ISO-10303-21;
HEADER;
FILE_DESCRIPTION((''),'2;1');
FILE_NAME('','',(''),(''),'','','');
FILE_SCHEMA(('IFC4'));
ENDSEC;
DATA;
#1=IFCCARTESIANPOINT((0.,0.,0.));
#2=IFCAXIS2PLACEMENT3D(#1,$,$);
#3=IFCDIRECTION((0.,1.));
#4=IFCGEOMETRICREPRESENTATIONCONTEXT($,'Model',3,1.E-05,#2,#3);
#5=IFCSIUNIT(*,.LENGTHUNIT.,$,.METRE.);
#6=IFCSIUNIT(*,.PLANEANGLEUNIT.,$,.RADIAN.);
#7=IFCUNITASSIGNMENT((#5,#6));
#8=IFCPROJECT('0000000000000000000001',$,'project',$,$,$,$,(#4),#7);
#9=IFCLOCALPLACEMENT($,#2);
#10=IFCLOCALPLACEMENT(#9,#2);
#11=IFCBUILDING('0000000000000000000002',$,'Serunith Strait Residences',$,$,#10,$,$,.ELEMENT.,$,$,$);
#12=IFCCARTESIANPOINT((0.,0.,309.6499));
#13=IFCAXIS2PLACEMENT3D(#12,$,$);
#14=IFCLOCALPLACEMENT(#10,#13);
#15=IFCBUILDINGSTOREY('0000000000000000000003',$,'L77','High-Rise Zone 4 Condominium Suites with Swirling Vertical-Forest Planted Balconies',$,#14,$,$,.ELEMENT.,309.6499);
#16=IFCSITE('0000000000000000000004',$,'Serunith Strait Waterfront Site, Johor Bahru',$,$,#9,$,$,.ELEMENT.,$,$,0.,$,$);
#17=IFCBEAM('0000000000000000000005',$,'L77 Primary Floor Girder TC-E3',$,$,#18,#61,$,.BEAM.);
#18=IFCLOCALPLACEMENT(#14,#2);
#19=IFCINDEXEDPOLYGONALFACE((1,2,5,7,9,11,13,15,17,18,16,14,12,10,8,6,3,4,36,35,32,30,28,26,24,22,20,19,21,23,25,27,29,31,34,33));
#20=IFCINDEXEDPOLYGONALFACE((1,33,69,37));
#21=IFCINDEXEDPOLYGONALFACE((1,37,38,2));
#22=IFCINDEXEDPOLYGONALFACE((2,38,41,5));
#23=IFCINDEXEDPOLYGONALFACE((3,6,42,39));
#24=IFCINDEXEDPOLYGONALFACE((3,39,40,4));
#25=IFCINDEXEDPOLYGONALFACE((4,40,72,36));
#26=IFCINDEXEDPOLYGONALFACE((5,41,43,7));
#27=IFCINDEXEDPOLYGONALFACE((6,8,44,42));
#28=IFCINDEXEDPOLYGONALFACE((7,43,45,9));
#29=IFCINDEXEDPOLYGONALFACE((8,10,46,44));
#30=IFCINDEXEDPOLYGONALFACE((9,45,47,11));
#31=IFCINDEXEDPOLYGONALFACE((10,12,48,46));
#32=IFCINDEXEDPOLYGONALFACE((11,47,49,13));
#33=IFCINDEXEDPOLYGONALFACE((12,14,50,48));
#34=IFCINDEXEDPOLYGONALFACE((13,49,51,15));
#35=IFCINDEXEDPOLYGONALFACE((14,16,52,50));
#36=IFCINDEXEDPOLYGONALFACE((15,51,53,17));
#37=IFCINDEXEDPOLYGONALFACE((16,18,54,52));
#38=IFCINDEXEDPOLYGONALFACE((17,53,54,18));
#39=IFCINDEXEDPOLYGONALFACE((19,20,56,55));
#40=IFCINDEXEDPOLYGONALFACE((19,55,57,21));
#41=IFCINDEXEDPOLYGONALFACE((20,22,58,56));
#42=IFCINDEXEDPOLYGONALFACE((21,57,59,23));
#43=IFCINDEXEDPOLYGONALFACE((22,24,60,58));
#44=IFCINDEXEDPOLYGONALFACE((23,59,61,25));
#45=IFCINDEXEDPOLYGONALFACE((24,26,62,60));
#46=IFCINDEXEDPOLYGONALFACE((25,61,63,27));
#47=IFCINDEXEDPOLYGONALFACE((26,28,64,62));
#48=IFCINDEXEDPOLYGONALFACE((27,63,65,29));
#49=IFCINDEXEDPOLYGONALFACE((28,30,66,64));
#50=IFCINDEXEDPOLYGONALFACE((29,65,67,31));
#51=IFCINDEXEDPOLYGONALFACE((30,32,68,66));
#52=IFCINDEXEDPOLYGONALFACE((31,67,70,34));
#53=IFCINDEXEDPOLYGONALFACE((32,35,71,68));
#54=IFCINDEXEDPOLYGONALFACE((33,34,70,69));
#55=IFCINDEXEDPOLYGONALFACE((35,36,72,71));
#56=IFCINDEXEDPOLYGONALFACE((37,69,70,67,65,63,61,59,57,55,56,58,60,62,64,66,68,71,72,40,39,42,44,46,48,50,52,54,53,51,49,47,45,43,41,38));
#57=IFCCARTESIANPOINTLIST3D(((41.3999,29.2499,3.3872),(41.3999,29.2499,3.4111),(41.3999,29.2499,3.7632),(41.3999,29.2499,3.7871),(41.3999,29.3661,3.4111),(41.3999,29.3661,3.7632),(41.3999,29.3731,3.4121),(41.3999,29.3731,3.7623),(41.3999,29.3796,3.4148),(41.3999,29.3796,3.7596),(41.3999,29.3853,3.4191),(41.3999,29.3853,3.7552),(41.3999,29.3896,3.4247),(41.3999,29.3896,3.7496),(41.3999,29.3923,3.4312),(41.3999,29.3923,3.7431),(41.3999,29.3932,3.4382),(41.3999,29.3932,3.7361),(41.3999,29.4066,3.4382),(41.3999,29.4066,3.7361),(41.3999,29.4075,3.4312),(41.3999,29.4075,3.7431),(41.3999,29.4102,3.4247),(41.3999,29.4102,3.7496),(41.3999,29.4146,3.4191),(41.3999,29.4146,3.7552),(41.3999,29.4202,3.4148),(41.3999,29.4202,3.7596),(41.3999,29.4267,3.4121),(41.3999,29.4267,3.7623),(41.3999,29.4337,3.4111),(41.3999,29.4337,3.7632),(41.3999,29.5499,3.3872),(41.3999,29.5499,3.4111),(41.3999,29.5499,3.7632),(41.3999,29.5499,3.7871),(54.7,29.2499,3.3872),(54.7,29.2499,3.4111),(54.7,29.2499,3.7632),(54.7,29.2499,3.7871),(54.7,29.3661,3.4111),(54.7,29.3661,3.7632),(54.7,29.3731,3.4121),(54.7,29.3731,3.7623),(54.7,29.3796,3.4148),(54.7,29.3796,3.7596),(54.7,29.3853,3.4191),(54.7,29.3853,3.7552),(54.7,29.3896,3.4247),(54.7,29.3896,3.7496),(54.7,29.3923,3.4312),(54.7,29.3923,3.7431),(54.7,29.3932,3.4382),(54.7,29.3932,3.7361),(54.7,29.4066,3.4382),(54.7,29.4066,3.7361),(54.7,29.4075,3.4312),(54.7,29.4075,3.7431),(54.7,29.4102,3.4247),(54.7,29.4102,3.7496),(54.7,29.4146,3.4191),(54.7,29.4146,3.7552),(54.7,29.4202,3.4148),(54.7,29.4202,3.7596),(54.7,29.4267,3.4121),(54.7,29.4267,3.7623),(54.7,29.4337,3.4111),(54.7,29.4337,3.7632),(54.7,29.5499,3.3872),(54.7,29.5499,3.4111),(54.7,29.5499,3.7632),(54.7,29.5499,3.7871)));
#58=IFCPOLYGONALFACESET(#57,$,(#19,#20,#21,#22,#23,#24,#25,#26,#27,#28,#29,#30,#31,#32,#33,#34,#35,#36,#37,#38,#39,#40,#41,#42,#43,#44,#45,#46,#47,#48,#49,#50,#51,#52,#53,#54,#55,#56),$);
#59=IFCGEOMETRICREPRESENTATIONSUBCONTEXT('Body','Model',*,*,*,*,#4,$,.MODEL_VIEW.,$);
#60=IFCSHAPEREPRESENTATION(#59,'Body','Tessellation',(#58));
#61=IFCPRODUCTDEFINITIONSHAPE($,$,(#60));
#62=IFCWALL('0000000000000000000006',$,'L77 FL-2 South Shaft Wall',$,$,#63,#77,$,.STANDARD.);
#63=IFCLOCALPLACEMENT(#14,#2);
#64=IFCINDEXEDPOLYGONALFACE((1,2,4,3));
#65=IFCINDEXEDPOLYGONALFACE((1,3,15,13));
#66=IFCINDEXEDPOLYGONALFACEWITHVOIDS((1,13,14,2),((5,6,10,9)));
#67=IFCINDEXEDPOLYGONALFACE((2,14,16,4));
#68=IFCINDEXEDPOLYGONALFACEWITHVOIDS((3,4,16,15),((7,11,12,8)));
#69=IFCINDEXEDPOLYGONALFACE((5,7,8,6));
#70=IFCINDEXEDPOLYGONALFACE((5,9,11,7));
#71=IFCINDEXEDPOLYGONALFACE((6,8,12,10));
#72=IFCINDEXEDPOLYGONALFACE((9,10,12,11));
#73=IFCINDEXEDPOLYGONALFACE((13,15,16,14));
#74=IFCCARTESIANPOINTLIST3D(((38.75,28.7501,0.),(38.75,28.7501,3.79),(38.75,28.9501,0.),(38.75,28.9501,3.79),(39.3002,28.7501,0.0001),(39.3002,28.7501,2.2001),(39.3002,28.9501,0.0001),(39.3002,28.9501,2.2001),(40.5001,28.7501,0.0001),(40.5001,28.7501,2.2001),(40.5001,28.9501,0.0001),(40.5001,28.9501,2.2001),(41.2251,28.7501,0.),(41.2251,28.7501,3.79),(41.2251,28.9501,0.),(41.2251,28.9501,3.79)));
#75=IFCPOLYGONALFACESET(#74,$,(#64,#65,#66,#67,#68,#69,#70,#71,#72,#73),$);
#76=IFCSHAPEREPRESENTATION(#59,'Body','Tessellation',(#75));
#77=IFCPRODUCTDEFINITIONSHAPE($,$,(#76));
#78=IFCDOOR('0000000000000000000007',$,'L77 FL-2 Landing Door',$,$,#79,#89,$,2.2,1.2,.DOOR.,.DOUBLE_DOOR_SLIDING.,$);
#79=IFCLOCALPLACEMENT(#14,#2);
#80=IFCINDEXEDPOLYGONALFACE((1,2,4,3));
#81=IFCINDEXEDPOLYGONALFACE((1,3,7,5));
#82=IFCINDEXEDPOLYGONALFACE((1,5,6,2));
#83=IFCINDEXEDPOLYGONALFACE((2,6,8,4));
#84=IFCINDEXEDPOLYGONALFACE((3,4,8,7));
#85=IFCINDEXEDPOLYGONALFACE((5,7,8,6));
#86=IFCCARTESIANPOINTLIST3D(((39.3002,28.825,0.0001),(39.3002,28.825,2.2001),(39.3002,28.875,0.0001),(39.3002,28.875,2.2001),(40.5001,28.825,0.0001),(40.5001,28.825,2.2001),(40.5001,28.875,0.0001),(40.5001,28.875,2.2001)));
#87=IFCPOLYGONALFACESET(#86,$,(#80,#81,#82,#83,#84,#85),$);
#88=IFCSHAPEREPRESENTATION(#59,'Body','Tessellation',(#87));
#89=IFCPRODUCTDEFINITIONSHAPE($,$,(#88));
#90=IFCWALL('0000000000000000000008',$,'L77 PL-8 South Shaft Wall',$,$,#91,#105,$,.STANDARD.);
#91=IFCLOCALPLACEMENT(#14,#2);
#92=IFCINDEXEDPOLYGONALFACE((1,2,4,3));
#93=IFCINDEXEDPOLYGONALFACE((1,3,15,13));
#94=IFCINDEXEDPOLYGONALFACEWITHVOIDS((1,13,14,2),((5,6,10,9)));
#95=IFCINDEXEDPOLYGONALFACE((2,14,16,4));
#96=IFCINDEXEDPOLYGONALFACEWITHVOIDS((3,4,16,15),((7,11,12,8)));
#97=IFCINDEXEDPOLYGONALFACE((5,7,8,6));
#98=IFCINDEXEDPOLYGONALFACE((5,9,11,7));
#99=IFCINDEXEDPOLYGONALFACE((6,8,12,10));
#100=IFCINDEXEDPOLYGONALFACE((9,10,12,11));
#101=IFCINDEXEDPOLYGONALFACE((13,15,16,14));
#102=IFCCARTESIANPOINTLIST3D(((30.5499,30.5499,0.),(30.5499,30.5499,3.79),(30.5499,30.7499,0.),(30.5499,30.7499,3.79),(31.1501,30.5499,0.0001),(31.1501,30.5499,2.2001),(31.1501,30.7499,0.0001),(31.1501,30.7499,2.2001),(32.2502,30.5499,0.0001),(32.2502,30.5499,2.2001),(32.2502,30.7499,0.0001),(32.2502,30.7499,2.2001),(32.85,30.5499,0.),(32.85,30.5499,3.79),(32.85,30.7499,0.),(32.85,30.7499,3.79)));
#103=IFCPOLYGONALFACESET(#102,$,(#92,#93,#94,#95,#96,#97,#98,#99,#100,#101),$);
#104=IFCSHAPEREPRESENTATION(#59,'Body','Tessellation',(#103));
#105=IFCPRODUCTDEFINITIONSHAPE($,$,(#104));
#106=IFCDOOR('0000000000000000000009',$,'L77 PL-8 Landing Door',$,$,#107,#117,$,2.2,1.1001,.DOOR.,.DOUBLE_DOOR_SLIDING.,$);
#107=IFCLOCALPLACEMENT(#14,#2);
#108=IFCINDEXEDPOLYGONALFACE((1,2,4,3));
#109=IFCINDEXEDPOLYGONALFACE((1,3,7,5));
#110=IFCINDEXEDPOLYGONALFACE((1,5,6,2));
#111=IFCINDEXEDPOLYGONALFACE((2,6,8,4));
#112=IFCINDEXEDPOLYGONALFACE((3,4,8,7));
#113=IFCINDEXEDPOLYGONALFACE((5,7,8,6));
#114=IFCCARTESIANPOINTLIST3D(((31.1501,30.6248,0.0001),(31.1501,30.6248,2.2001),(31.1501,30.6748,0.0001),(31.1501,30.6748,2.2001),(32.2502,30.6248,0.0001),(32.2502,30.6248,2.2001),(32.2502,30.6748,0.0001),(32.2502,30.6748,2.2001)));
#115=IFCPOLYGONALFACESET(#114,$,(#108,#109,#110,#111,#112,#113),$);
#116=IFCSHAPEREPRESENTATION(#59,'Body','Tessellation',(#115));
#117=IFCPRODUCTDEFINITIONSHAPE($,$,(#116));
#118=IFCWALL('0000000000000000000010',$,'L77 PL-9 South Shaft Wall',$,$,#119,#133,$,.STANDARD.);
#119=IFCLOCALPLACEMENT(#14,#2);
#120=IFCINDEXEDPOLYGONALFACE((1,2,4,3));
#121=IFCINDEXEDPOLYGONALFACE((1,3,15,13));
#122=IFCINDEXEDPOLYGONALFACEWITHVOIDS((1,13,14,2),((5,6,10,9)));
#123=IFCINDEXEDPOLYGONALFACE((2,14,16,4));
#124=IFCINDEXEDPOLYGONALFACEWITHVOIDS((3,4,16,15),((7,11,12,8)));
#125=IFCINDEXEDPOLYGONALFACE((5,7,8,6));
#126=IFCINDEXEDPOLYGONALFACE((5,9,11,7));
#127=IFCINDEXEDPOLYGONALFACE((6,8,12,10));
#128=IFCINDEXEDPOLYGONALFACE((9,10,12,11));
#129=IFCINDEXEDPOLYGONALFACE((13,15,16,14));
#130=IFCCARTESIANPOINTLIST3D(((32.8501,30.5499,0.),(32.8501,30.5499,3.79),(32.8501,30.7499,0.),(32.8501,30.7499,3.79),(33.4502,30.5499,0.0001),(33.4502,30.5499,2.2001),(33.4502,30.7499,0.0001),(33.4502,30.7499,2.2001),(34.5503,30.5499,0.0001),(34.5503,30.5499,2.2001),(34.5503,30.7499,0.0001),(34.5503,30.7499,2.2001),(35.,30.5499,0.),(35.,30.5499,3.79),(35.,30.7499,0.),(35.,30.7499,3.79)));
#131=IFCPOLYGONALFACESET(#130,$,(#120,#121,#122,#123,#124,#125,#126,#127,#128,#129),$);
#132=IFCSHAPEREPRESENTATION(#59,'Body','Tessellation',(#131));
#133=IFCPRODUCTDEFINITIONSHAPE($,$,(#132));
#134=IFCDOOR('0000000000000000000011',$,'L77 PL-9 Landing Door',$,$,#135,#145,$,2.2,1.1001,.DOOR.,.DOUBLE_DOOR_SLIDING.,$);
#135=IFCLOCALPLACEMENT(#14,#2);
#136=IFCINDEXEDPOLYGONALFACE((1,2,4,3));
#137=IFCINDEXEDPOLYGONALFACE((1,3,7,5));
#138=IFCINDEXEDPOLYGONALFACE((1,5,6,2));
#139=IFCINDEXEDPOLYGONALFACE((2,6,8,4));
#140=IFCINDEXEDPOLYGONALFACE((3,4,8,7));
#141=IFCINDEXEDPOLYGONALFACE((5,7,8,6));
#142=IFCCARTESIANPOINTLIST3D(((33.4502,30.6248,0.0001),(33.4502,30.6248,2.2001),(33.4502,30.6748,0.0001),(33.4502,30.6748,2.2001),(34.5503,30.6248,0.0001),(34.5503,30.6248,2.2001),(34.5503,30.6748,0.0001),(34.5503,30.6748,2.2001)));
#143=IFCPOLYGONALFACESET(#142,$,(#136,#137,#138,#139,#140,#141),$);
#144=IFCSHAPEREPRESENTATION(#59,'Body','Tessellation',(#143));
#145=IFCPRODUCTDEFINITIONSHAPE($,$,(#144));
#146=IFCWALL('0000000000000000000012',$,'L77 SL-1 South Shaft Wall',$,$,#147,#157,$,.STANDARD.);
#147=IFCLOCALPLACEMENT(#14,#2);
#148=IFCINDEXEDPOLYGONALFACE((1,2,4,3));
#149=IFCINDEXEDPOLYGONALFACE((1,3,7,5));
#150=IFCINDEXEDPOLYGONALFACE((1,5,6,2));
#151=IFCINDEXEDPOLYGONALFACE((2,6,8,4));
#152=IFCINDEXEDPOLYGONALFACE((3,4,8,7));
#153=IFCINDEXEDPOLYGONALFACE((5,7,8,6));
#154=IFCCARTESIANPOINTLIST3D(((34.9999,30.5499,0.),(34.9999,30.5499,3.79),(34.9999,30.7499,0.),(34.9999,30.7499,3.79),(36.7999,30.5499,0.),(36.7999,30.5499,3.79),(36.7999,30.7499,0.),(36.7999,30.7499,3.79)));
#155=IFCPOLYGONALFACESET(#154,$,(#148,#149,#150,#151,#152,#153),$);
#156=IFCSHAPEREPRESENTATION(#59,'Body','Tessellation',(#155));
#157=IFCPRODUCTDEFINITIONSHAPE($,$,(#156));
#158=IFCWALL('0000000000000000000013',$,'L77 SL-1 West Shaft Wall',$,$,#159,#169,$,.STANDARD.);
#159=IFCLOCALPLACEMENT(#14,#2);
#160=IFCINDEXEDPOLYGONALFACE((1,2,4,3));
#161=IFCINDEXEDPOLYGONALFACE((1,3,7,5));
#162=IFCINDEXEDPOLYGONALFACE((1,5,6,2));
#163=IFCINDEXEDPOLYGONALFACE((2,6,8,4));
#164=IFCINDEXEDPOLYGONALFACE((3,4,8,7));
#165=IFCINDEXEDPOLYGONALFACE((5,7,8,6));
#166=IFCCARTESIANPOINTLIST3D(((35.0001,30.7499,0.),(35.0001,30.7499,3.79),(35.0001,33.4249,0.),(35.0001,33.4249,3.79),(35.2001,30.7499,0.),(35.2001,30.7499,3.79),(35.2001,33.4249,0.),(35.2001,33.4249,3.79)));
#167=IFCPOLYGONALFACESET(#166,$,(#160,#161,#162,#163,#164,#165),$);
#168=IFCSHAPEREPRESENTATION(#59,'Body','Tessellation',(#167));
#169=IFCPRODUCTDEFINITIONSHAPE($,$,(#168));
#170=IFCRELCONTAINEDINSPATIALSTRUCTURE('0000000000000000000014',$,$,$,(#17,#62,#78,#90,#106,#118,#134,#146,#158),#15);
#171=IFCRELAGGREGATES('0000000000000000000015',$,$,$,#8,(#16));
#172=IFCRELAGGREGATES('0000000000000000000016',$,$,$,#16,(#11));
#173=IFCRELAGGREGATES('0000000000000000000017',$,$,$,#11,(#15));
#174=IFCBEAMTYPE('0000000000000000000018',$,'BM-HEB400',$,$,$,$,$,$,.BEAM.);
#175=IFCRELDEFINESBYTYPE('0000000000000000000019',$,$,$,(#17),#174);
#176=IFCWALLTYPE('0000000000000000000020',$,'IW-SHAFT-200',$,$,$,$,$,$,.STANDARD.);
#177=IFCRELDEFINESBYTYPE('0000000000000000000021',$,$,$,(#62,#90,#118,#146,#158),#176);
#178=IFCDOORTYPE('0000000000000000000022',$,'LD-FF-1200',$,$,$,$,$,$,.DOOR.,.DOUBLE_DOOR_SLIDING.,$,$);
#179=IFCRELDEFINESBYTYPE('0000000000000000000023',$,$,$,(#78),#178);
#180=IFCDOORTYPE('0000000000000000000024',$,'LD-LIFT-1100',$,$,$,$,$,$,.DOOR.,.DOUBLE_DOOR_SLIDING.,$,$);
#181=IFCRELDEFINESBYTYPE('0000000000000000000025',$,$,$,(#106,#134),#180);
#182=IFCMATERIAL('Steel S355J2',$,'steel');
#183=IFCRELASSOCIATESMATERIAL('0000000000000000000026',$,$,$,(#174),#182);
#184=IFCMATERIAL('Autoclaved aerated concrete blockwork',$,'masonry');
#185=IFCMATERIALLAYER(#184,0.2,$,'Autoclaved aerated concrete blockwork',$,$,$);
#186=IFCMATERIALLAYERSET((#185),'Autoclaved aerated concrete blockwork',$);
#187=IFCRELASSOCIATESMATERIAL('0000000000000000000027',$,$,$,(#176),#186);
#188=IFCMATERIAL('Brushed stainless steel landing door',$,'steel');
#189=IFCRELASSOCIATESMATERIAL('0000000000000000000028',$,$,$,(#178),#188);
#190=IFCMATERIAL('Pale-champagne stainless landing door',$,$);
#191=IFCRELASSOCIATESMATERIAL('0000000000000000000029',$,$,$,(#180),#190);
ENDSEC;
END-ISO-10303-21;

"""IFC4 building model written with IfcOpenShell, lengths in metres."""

from ifc_helpers import new_model, si_unit, direction, frame, frame_2d, origin, origin_2d, place, context, subcontext, project, spatial, rectangle, i_section, extrude, source, transform, mapped, material, layer, layer_set, material_profile, profile_set, type_object, element, fill, save


model = new_model("IFC4")

# Units and contexts
model_context = context("Model", 3, precision=1e-05, world=origin(), true_north=direction((0.0, 1.0)))
body_context = subcontext(model_context, "Body", "Model", "MODEL_VIEW")
ifc_project = project(units=[si_unit("LENGTHUNIT", "METRE"), si_unit("PLANEANGLEUNIT", "RADIAN")], contexts=[model_context])

# Site, building, storey
site_placement = place(None, origin())
site = spatial("IfcSite", under=ifc_project, at=site_placement, Name="Serunith Strait Waterfront Site, Johor Bahru", CompositionType="ELEMENT", RefElevation=0.0)
building_placement = place(site_placement, origin())
building = spatial("IfcBuilding", under=site, at=building_placement, Name="Serunith Strait Residences", CompositionType="ELEMENT")
storey_placement = place(building_placement, frame((0.0, 0.0, 309.6499)))
storey = spatial("IfcBuildingStorey", under=building, at=storey_placement, Name="L77", Description="High-Rise Zone 4 Condominium Suites with Swirling Vertical-Forest Planted Balconies", CompositionType="ELEMENT", Elevation=309.6499)

# Beam
ifc_material_1 = material(Name="Steel S355J2", Category="steel")
ifc_material_profile = material_profile(ifc_material_1, i_section(OverallWidth=0.3, OverallDepth=0.3999, WebThickness=0.0134, FlangeThickness=0.0239, FilletRadius=0.0271, at=origin_2d()), Name="HEB 400")
ifc_profile_set = profile_set([ifc_material_profile], Name="Steel S355J2")
beam_type = type_object("IfcBeamType", Name="BM-HEB400", PredefinedType="BEAM", material=ifc_profile_set)
shared_shape_1 = source(origin(), body_context, "Body", "SweptSolid", [
    extrude(i_section(OverallWidth=0.3, OverallDepth=0.3999, WebThickness=0.0134, FlangeThickness=0.0239, FilletRadius=0.0271, at=origin_2d()), origin(), (0.0, 0.0, 1.0), 13.3),
])
beam_placement = place(storey_placement, frame((41.3999, 29.3999, 3.5872), z_axis=(1.0, 0.0, 0.0), x_axis=(0.0, 1.0, 0.0)))
element("IfcBeam", 1, at=beam_placement, inside=storey, type_object=beam_type, Name="L77 Primary Floor Girder TC-E3", PredefinedType="BEAM", context=body_context, shape_type="MappedRepresentation", body=[
    mapped(shared_shape_1, transform((0.0, 0.0, 0.0), scale=1.0)),
])

# Walls, openings, doors
ifc_material_2 = material(Name="Autoclaved aerated concrete blockwork", Category="masonry")
ifc_layer_1 = layer(ifc_material_2, 0.2, Name="Autoclaved aerated concrete blockwork")
ifc_layer_set_1 = layer_set([ifc_layer_1], Name="Autoclaved aerated concrete blockwork")
wall_type_1 = type_object("IfcWallType", Name="IW-SHAFT-200", PredefinedType="STANDARD", material=ifc_layer_set_1)
wall_1_placement = place(storey_placement, frame((38.75, 28.8501, 0.0), z_axis=(0.0, 0.0, 1.0), x_axis=(1.0, 0.0, 0.0)))
wall_1 = element("IfcWall", 2, at=wall_1_placement, inside=storey, type_object=wall_type_1, Name="L77 FL-2 South Shaft Wall", PredefinedType="STANDARD", context=body_context, shape_type="SweptSolid", body=[
    extrude(rectangle(XDim=2.4751, YDim=0.2, at=frame_2d((1.2375, 0.0))), origin(), (0.0, 0.0, 1.0), 3.79),
])
opening_1_placement = place(wall_1_placement, frame((0.55, 0.0, 0.0)))
opening_1 = element("IfcOpeningElement", 3, at=opening_1_placement, cuts=wall_1, PredefinedType="OPENING", context=body_context, shape_type="SweptSolid", body=[
    extrude(rectangle(XDim=1.2, YDim=2.2, at=frame_2d((0.6001, 1.1001))), frame((0.0, 0.1099, 0.0), z_axis=(0.0, -1.0, 0.0), x_axis=(1.0, 0.0, 0.0)), (0.0, 0.0, 1.0), 0.22),
])
ifc_material_3 = material(Name="Brushed stainless steel landing door", Category="steel")
door_type_1 = type_object("IfcDoorType", Name="LD-FF-1200", OperationType="DOUBLE_DOOR_SLIDING", PredefinedType="DOOR", material=ifc_material_3)
shared_shape_2 = source(origin(), body_context, "Body", "SweptSolid", [
    extrude(rectangle(XDim=1.2, YDim=2.2, at=frame_2d((0.6001, 1.1001))), frame((0.0, 0.0249, 0.0), z_axis=(0.0, -1.0, 0.0), x_axis=(1.0, 0.0, 0.0)), (0.0, 0.0, 1.0), 0.05),
])
door_1_placement = place(opening_1_placement, origin())
door_1 = element("IfcDoor", 4, at=door_1_placement, inside=storey, type_object=door_type_1, Name="L77 FL-2 Landing Door", OperationType="DOUBLE_DOOR_SLIDING", OverallHeight=2.2, OverallWidth=1.2, PredefinedType="DOOR", context=body_context, shape_type="MappedRepresentation", body=[
    mapped(shared_shape_2, transform((0.0, 0.0, 0.0), scale=1.0)),
])
fill(opening_1, door_1)
wall_2_placement = place(storey_placement, frame((30.55, 30.6499, 0.0), z_axis=(0.0, 0.0, 1.0), x_axis=(1.0, 0.0, 0.0)))
wall_2 = element("IfcWall", 5, at=wall_2_placement, inside=storey, type_object=wall_type_1, Name="L77 PL-8 South Shaft Wall", PredefinedType="STANDARD", context=body_context, shape_type="SweptSolid", body=[
    extrude(rectangle(XDim=2.3, YDim=0.2, at=frame_2d((1.1499, 0.0))), origin(), (0.0, 0.0, 1.0), 3.79),
])
opening_2_placement = place(wall_2_placement, frame((0.6001, 0.0, 0.0)))
opening_2 = element("IfcOpeningElement", 6, at=opening_2_placement, cuts=wall_2, PredefinedType="OPENING", context=body_context, shape_type="SweptSolid", body=[
    extrude(rectangle(XDim=1.1001, YDim=2.2, at=frame_2d((0.55, 1.1001))), frame((0.0, 0.1099, 0.0), z_axis=(0.0, -1.0, 0.0), x_axis=(1.0, 0.0, 0.0)), (0.0, 0.0, 1.0), 0.22),
])
ifc_material_4 = material(Name="Pale-champagne stainless landing door")
door_type_2 = type_object("IfcDoorType", Name="LD-LIFT-1100", OperationType="DOUBLE_DOOR_SLIDING", PredefinedType="DOOR", material=ifc_material_4)
shared_shape_3 = source(origin(), body_context, "Body", "SweptSolid", [
    extrude(rectangle(XDim=1.1001, YDim=2.2, at=frame_2d((0.55, 1.1001))), frame((0.0, 0.0249, 0.0), z_axis=(0.0, -1.0, 0.0), x_axis=(1.0, 0.0, 0.0)), (0.0, 0.0, 1.0), 0.05),
])
door_2_placement = place(opening_2_placement, origin())
door_2 = element("IfcDoor", 7, at=door_2_placement, inside=storey, type_object=door_type_2, Name="L77 PL-8 Landing Door", OperationType="DOUBLE_DOOR_SLIDING", OverallHeight=2.2, OverallWidth=1.1001, PredefinedType="DOOR", context=body_context, shape_type="MappedRepresentation", body=[
    mapped(shared_shape_3, transform((0.0, 0.0, 0.0), scale=1.0)),
])
fill(opening_2, door_2)
wall_3_placement = place(storey_placement, frame((32.8501, 30.6499, 0.0), z_axis=(0.0, 0.0, 1.0), x_axis=(1.0, 0.0, 0.0)))
wall_3 = element("IfcWall", 8, at=wall_3_placement, inside=storey, type_object=wall_type_1, Name="L77 PL-9 South Shaft Wall", PredefinedType="STANDARD", context=body_context, shape_type="SweptSolid", body=[
    extrude(rectangle(XDim=2.1499, YDim=0.2, at=frame_2d((1.075, 0.0))), origin(), (0.0, 0.0, 1.0), 3.79),
])
opening_3_placement = place(wall_3_placement, frame((0.6001, 0.0, 0.0)))
opening_3 = element("IfcOpeningElement", 9, at=opening_3_placement, cuts=wall_3, PredefinedType="OPENING", context=body_context, shape_type="SweptSolid", body=[
    extrude(rectangle(XDim=1.1001, YDim=2.2, at=frame_2d((0.55, 1.1001))), frame((0.0, 0.1099, 0.0), z_axis=(0.0, -1.0, 0.0), x_axis=(1.0, 0.0, 0.0)), (0.0, 0.0, 1.0), 0.22),
])
door_3_placement = place(opening_3_placement, origin())
door_3 = element("IfcDoor", 10, at=door_3_placement, inside=storey, type_object=door_type_2, Name="L77 PL-9 Landing Door", OperationType="DOUBLE_DOOR_SLIDING", OverallHeight=2.2, OverallWidth=1.1001, PredefinedType="DOOR", context=body_context, shape_type="MappedRepresentation", body=[
    mapped(shared_shape_3, transform((0.0, 0.0, 0.0), scale=1.0)),
])
fill(opening_3, door_3)

# Walls
wall_4_placement = place(storey_placement, frame((35.0, 30.6499, 0.0), z_axis=(0.0, 0.0, 1.0), x_axis=(1.0, 0.0, 0.0)))
element("IfcWall", 11, at=wall_4_placement, inside=storey, type_object=wall_type_1, Name="L77 SL-1 South Shaft Wall", PredefinedType="STANDARD", context=body_context, shape_type="SweptSolid", body=[
    extrude(rectangle(XDim=1.8, YDim=0.2, at=frame_2d((0.8999, 0.0))), origin(), (0.0, 0.0, 1.0), 3.79),
])
wall_5_placement = place(storey_placement, frame((35.1001, 30.75, 0.0), z_axis=(0.0, 0.0, 1.0), x_axis=(0.0, 1.0, 0.0)))
element("IfcWall", 12, at=wall_5_placement, inside=storey, type_object=wall_type_1, Name="L77 SL-1 West Shaft Wall", PredefinedType="STANDARD", context=body_context, shape_type="SweptSolid", body=[
    extrude(rectangle(XDim=2.675, YDim=0.2, at=frame_2d((1.3374, 0.0))), origin(), (0.0, 0.0, 1.0), 3.79),
])

save(model, "model.ifc")
